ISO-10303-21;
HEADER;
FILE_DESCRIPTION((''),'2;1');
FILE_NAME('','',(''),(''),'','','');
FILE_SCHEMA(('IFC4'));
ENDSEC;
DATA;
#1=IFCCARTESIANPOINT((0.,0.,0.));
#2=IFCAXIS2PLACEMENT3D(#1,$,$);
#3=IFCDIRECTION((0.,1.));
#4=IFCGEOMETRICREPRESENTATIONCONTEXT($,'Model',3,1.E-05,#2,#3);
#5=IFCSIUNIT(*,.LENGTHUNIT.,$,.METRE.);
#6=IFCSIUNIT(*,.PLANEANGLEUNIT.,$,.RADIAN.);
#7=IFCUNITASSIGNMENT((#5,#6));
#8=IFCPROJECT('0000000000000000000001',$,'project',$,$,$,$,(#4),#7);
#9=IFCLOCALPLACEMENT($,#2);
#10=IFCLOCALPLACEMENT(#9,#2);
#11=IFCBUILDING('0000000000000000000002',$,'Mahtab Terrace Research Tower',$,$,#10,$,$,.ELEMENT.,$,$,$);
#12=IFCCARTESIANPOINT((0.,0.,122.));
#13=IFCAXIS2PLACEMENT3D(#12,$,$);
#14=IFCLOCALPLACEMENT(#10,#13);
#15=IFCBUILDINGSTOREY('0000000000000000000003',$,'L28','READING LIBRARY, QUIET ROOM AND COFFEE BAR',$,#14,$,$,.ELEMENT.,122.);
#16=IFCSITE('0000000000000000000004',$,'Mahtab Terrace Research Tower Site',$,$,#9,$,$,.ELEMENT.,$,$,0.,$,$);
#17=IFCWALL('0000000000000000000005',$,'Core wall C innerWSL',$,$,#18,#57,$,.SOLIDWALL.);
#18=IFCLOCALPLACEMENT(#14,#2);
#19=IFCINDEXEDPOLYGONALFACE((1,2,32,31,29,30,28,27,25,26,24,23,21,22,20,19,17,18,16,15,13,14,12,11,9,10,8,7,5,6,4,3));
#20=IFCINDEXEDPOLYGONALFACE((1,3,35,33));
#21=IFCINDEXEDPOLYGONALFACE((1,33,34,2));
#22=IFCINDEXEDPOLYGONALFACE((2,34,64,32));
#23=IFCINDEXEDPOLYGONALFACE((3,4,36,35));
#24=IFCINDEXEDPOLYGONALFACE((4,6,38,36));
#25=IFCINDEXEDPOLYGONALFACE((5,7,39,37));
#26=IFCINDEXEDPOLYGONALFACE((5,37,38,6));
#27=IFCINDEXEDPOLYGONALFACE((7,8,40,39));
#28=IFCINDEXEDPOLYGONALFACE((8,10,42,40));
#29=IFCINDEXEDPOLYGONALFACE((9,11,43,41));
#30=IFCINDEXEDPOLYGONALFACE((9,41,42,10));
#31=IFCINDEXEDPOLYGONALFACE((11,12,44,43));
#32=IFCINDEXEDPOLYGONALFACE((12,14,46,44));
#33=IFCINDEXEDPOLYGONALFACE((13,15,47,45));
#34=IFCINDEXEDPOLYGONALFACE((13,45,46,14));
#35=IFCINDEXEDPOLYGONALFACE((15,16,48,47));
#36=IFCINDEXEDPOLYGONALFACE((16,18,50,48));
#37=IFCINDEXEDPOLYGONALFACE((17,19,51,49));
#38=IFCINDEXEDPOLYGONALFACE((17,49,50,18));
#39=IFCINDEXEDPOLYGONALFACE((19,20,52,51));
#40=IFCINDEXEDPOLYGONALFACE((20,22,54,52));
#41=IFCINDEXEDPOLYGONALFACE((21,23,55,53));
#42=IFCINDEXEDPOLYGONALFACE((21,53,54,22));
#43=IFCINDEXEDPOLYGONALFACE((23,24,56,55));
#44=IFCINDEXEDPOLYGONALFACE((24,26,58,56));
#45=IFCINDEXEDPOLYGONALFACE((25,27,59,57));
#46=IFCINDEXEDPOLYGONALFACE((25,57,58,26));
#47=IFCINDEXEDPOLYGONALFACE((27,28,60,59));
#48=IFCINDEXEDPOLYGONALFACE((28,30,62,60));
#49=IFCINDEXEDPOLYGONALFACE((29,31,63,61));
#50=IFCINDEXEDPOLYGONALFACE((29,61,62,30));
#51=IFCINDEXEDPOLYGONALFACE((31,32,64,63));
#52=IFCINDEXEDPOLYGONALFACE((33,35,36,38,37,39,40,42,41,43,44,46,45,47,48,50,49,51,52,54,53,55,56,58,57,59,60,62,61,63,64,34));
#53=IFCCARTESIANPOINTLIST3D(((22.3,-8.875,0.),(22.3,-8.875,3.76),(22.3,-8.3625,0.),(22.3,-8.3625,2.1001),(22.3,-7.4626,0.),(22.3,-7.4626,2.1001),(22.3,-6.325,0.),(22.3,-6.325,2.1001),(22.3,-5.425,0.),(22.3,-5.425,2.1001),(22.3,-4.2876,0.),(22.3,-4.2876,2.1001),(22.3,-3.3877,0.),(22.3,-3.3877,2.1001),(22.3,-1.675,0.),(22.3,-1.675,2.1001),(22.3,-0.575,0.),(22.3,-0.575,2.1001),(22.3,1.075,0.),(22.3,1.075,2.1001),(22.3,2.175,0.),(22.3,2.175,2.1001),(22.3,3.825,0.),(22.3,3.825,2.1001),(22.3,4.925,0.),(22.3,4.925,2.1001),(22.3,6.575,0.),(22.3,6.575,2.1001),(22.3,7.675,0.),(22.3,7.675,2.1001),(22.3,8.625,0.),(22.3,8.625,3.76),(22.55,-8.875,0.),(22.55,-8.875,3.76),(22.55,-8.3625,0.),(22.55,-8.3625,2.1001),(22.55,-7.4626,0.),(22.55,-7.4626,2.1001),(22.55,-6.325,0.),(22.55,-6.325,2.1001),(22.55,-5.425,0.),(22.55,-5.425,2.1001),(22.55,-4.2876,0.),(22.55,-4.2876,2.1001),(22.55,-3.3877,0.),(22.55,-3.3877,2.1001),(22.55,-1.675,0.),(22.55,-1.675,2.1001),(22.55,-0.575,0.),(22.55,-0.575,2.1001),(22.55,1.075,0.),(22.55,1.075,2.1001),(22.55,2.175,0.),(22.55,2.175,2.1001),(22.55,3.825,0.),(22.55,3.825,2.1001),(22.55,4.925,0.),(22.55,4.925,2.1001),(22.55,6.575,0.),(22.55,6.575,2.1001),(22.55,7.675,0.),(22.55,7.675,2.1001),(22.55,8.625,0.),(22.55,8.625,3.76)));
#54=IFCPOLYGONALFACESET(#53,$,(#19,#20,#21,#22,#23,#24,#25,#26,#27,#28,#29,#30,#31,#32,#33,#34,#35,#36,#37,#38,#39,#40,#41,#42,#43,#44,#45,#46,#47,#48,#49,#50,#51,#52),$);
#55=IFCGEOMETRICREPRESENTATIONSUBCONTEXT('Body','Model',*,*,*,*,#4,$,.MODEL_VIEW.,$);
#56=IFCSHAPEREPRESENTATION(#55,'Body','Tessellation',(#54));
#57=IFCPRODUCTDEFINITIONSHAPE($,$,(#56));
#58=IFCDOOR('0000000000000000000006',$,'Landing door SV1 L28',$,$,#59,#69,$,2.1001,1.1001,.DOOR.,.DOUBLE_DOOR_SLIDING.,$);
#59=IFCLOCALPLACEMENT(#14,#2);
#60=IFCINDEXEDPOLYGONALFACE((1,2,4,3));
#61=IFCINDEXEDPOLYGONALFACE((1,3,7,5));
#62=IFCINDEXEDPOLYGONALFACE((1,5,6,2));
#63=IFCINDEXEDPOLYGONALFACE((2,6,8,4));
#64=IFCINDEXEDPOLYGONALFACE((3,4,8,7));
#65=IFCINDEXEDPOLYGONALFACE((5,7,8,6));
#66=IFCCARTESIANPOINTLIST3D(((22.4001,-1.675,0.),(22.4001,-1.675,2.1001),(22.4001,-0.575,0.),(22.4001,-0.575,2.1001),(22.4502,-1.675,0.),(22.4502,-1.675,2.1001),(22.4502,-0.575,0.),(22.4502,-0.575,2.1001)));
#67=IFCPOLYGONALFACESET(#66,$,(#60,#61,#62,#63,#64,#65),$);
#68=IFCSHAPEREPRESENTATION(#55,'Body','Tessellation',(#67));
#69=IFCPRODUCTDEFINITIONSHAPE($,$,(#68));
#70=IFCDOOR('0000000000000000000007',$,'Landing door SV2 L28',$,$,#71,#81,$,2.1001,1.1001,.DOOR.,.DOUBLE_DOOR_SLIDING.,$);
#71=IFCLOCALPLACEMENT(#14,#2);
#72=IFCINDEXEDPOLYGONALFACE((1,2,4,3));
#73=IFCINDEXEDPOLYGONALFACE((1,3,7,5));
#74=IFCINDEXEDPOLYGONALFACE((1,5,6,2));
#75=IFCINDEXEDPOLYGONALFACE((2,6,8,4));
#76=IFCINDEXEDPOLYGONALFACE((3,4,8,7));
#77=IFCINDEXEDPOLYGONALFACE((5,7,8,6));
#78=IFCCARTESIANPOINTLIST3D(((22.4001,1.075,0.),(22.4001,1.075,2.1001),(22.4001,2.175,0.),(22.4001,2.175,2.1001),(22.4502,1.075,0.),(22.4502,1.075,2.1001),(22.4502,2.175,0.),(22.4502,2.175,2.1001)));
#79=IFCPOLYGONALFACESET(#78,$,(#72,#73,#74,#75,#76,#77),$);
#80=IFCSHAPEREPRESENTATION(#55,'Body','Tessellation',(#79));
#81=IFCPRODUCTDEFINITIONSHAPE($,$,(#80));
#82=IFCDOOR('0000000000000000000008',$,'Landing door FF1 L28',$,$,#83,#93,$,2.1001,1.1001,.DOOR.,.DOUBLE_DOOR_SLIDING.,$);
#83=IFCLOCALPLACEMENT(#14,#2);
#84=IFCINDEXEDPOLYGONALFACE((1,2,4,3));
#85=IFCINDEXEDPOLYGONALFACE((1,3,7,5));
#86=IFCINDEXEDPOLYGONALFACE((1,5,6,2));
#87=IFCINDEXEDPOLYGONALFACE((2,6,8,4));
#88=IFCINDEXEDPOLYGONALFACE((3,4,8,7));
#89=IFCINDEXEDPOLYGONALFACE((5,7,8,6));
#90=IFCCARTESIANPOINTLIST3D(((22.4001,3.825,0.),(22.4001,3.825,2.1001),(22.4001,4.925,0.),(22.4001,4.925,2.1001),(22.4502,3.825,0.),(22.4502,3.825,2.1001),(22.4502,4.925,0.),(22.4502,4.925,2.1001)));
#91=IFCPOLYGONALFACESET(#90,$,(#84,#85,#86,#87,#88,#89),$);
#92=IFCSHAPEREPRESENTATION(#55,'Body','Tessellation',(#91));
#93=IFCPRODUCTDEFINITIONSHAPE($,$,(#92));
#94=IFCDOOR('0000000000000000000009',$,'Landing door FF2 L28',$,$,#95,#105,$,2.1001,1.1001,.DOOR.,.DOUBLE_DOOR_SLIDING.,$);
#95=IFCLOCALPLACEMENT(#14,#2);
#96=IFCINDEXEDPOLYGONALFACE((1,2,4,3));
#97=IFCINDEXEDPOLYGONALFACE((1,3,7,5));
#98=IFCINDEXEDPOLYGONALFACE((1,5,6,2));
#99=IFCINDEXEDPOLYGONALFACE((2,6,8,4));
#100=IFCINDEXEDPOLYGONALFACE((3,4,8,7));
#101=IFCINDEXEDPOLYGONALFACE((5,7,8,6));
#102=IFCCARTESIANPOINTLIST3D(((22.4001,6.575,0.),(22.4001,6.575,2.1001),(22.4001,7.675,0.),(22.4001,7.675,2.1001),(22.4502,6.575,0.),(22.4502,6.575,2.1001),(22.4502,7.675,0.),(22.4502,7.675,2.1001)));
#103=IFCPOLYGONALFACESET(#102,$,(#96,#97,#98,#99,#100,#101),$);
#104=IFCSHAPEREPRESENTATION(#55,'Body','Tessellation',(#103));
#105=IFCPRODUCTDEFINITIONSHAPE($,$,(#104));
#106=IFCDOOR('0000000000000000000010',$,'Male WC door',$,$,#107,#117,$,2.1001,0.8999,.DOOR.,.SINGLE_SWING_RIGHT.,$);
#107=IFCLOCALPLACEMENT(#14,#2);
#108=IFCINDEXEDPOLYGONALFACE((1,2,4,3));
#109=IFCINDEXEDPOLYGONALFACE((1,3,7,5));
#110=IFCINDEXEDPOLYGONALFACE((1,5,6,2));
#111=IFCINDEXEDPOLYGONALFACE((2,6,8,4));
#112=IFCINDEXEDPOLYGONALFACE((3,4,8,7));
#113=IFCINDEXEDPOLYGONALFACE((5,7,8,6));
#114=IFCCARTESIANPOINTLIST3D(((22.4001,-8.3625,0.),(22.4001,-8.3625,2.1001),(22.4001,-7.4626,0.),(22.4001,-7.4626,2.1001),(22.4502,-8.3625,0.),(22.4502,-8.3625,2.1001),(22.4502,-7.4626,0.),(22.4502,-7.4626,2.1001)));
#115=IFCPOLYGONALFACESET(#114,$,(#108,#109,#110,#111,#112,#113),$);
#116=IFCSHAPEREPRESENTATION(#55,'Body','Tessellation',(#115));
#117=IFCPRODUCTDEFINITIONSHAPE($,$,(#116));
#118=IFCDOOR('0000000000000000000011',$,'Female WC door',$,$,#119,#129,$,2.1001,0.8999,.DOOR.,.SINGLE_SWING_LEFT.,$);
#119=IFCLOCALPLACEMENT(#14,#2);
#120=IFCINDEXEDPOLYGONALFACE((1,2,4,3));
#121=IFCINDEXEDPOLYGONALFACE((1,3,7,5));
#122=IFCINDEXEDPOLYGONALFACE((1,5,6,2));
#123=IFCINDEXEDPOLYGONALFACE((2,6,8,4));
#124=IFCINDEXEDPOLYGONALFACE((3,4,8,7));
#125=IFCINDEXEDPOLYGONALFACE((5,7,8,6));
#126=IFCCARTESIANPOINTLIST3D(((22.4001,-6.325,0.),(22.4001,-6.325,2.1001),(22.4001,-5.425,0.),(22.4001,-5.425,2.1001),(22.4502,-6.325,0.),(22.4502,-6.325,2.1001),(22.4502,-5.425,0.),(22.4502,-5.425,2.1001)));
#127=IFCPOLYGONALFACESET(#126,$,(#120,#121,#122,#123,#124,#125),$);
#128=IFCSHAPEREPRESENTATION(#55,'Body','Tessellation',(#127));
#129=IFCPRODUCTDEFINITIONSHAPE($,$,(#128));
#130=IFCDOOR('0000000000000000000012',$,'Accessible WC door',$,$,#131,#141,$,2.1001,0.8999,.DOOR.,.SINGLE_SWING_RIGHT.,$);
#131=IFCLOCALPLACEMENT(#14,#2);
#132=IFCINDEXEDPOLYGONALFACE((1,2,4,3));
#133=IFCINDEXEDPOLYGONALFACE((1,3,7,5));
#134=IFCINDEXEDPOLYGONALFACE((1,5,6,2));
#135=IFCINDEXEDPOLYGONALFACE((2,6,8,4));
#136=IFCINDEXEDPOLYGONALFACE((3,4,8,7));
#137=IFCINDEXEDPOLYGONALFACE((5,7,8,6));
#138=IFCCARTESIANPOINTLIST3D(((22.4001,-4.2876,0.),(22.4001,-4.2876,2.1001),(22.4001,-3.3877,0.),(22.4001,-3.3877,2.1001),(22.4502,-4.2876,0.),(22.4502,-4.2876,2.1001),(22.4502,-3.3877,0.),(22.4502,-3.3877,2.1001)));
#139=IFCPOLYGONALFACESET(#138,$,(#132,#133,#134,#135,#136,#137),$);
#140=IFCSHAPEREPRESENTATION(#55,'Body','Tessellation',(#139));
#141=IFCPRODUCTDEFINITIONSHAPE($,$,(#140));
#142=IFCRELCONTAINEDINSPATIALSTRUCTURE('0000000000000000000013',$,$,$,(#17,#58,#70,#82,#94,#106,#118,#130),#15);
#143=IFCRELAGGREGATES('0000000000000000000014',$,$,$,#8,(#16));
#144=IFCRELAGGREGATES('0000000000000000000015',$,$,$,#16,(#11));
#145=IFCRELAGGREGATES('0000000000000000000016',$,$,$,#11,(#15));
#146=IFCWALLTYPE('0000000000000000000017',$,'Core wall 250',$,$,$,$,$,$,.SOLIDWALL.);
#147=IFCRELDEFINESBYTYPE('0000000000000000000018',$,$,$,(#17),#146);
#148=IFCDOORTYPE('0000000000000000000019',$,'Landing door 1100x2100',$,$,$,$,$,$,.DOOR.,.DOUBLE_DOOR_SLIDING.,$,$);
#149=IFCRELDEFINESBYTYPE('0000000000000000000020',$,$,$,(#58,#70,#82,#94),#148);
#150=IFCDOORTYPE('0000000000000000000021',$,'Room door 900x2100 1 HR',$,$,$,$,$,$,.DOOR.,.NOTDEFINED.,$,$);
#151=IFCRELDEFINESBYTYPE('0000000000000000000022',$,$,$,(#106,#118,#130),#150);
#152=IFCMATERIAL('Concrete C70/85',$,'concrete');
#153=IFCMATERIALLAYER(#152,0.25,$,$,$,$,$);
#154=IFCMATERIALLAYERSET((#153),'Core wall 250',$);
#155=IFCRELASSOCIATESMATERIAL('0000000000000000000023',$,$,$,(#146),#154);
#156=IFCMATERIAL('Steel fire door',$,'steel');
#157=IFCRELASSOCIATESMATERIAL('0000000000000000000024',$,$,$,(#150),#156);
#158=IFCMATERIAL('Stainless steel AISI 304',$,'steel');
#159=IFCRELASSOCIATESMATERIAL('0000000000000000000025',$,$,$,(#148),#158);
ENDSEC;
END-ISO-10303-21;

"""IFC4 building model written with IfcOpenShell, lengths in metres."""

from ifc_helpers import new_model, si_unit, direction, frame, frame_2d, origin, place, context, subcontext, project, spatial, rectangle, extrude, material, layer, layer_set, type_object, element, fill, save


model = new_model("IFC4")

# Units and contexts
model_context = context("Model", 3, precision=1e-05, world=origin(), true_north=direction((0.0, 1.0)))
body_context = subcontext(model_context, "Body", "Model", "MODEL_VIEW")
ifc_project = project(units=[si_unit("LENGTHUNIT", "METRE"), si_unit("PLANEANGLEUNIT", "RADIAN")], contexts=[model_context])

# Site, building, storey
site_placement = place(None, origin())
site = spatial("IfcSite", under=ifc_project, at=site_placement, Name="Mahtab Terrace Research Tower Site", CompositionType="ELEMENT", RefElevation=0.0)
building_placement = place(site_placement, origin())
building = spatial("IfcBuilding", under=site, at=building_placement, Name="Mahtab Terrace Research Tower", CompositionType="ELEMENT")
storey_placement = place(building_placement, frame((0.0, 0.0, 122.0)))
storey = spatial("IfcBuildingStorey", under=building, at=storey_placement, Name="L28", Description="READING LIBRARY, QUIET ROOM AND COFFEE BAR", CompositionType="ELEMENT", Elevation=122.0)

# Shared definitions
ifc_material_1 = material(Name="Concrete C70/85", Category="concrete")
ifc_layer_1 = layer(ifc_material_1, 0.25)
ifc_layer_set_1 = layer_set([ifc_layer_1], Name="Core wall 250")
wall_type_1 = type_object("IfcWallType", Name="Core wall 250", PredefinedType="SOLIDWALL", material=ifc_layer_set_1)
ifc_material_2 = material(Name="Steel fire door", Category="steel")
door_type_1 = type_object("IfcDoorType", Name="Room door 900x2100 1 HR", OperationType="NOTDEFINED", PredefinedType="DOOR", material=ifc_material_2)

# Wall, openings, doors
wall_1_placement = place(storey_placement, frame((22.425, -8.875, 0.0), z_axis=(0.0, 0.0, 1.0), x_axis=(0.0, 1.0, 0.0)))
wall_1 = element("IfcWall", 1, at=wall_1_placement, inside=storey, type_object=wall_type_1, Name="Core wall C innerWSL", PredefinedType="SOLIDWALL", context=body_context, shape_type="SweptSolid", body=[
    extrude(rectangle(XDim=17.5, YDim=0.25, at=frame_2d((8.75, 0.0))), origin(), (0.0, 0.0, 1.0), 3.76),
])
opening_1_placement = place(wall_1_placement, frame((7.2, 0.0, 0.0)))
opening_1 = element("IfcOpeningElement", 2, at=opening_1_placement, cuts=wall_1, PredefinedType="OPENING", context=body_context, shape_type="SweptSolid", body=[
    extrude(rectangle(XDim=1.1001, YDim=2.1001, at=frame_2d((0.55, 1.05))), frame((0.0, 0.135, 0.0), z_axis=(0.0, -1.0, 0.0), x_axis=(1.0, 0.0, 0.0)), (0.0, 0.0, 1.0), 0.27),
])
opening_2_placement = place(wall_1_placement, frame((9.95, 0.0, 0.0)))
opening_2 = element("IfcOpeningElement", 3, at=opening_2_placement, cuts=wall_1, PredefinedType="OPENING", context=body_context, shape_type="SweptSolid", body=[
    extrude(rectangle(XDim=1.1001, YDim=2.1001, at=frame_2d((0.55, 1.05))), frame((0.0, 0.135, 0.0), z_axis=(0.0, -1.0, 0.0), x_axis=(1.0, 0.0, 0.0)), (0.0, 0.0, 1.0), 0.27),
])
opening_3_placement = place(wall_1_placement, frame((12.7, 0.0, 0.0)))
opening_3 = element("IfcOpeningElement", 4, at=opening_3_placement, cuts=wall_1, PredefinedType="OPENING", context=body_context, shape_type="SweptSolid", body=[
    extrude(rectangle(XDim=1.1001, YDim=2.1001, at=frame_2d((0.55, 1.05))), frame((0.0, 0.135, 0.0), z_axis=(0.0, -1.0, 0.0), x_axis=(1.0, 0.0, 0.0)), (0.0, 0.0, 1.0), 0.27),
])
opening_4_placement = place(wall_1_placement, frame((15.45, 0.0, 0.0)))
opening_4 = element("IfcOpeningElement", 5, at=opening_4_placement, cuts=wall_1, PredefinedType="OPENING", context=body_context, shape_type="SweptSolid", body=[
    extrude(rectangle(XDim=1.1001, YDim=2.1001, at=frame_2d((0.55, 1.05))), frame((0.0, 0.135, 0.0), z_axis=(0.0, -1.0, 0.0), x_axis=(1.0, 0.0, 0.0)), (0.0, 0.0, 1.0), 0.27),
])
opening_5_placement = place(wall_1_placement, frame((0.5125, 0.0, 0.0)))
opening_5 = element("IfcOpeningElement", 6, at=opening_5_placement, cuts=wall_1, PredefinedType="OPENING", context=body_context, shape_type="SweptSolid", body=[
    extrude(rectangle(XDim=0.8999, YDim=2.1001, at=frame_2d((0.45, 1.05))), frame((0.0, 0.135, 0.0), z_axis=(0.0, -1.0, 0.0), x_axis=(1.0, 0.0, 0.0)), (0.0, 0.0, 1.0), 0.27),
])
opening_6_placement = place(wall_1_placement, frame((2.55, 0.0, 0.0)))
opening_6 = element("IfcOpeningElement", 7, at=opening_6_placement, cuts=wall_1, PredefinedType="OPENING", context=body_context, shape_type="SweptSolid", body=[
    extrude(rectangle(XDim=0.8999, YDim=2.1001, at=frame_2d((0.45, 1.05))), frame((0.0, 0.135, 0.0), z_axis=(0.0, -1.0, 0.0), x_axis=(1.0, 0.0, 0.0)), (0.0, 0.0, 1.0), 0.27),
])
opening_7_placement = place(wall_1_placement, frame((4.5874, 0.0, 0.0)))
opening_7 = element("IfcOpeningElement", 8, at=opening_7_placement, cuts=wall_1, PredefinedType="OPENING", context=body_context, shape_type="SweptSolid", body=[
    extrude(rectangle(XDim=0.8999, YDim=2.1001, at=frame_2d((0.45, 1.05))), frame((0.0, 0.135, 0.0), z_axis=(0.0, -1.0, 0.0), x_axis=(1.0, 0.0, 0.0)), (0.0, 0.0, 1.0), 0.27),
])
ifc_material_3 = material(Name="Stainless steel AISI 304", Category="steel")
door_type_2 = type_object("IfcDoorType", Name="Landing door 1100x2100", OperationType="DOUBLE_DOOR_SLIDING", PredefinedType="DOOR", material=ifc_material_3)
door_1_placement = place(opening_1_placement, origin())
door_1 = element("IfcDoor", 9, at=door_1_placement, inside=storey, type_object=door_type_2, Name="Landing door SV1 L28", OperationType="DOUBLE_DOOR_SLIDING", OverallHeight=2.1001, OverallWidth=1.1001, PredefinedType="DOOR", context=body_context, shape_type="SweptSolid", body=[
    extrude(rectangle(XDim=1.1001, YDim=2.1001, at=frame_2d((0.55, 1.05))), frame((0.0, 0.0249, 0.0), z_axis=(0.0, -1.0, 0.0), x_axis=(1.0, 0.0, 0.0)), (0.0, 0.0, 1.0), 0.05),
])
fill(opening_1, door_1)
door_2_placement = place(opening_2_placement, origin())
door_2 = element("IfcDoor", 10, at=door_2_placement, inside=storey, type_object=door_type_2, Name="Landing door SV2 L28", OperationType="DOUBLE_DOOR_SLIDING", OverallHeight=2.1001, OverallWidth=1.1001, PredefinedType="DOOR", context=body_context, shape_type="SweptSolid", body=[
    extrude(rectangle(XDim=1.1001, YDim=2.1001, at=frame_2d((0.55, 1.05))), frame((0.0, 0.0249, 0.0), z_axis=(0.0, -1.0, 0.0), x_axis=(1.0, 0.0, 0.0)), (0.0, 0.0, 1.0), 0.05),
])
fill(opening_2, door_2)
door_3_placement = place(opening_3_placement, origin())
door_3 = element("IfcDoor", 11, at=door_3_placement, inside=storey, type_object=door_type_2, Name="Landing door FF1 L28", OperationType="DOUBLE_DOOR_SLIDING", OverallHeight=2.1001, OverallWidth=1.1001, PredefinedType="DOOR", context=body_context, shape_type="SweptSolid", body=[
    extrude(rectangle(XDim=1.1001, YDim=2.1001, at=frame_2d((0.55, 1.05))), frame((0.0, 0.0249, 0.0), z_axis=(0.0, -1.0, 0.0), x_axis=(1.0, 0.0, 0.0)), (0.0, 0.0, 1.0), 0.05),
])
fill(opening_3, door_3)
door_4_placement = place(opening_4_placement, origin())
door_4 = element("IfcDoor", 12, at=door_4_placement, inside=storey, type_object=door_type_2, Name="Landing door FF2 L28", OperationType="DOUBLE_DOOR_SLIDING", OverallHeight=2.1001, OverallWidth=1.1001, PredefinedType="DOOR", context=body_context, shape_type="SweptSolid", body=[
    extrude(rectangle(XDim=1.1001, YDim=2.1001, at=frame_2d((0.55, 1.05))), frame((0.0, 0.0249, 0.0), z_axis=(0.0, -1.0, 0.0), x_axis=(1.0, 0.0, 0.0)), (0.0, 0.0, 1.0), 0.05),
])
fill(opening_4, door_4)
door_5_placement = place(opening_5_placement, origin())
door_5 = element("IfcDoor", 13, at=door_5_placement, inside=storey, type_object=door_type_1, Name="Male WC door", OperationType="SINGLE_SWING_RIGHT", OverallHeight=2.1001, OverallWidth=0.8999, PredefinedType="DOOR", context=body_context, shape_type="SweptSolid", body=[
    extrude(rectangle(XDim=0.8999, YDim=2.1001, at=frame_2d((0.45, 1.05))), frame((0.0, 0.0249, 0.0), z_axis=(0.0, -1.0, 0.0), x_axis=(1.0, 0.0, 0.0)), (0.0, 0.0, 1.0), 0.05),
])
fill(opening_5, door_5)
door_6_placement = place(opening_6_placement, origin())
door_6 = element("IfcDoor", 14, at=door_6_placement, inside=storey, type_object=door_type_1, Name="Female WC door", OperationType="SINGLE_SWING_LEFT", OverallHeight=2.1001, OverallWidth=0.8999, PredefinedType="DOOR", context=body_context, shape_type="SweptSolid", body=[
    extrude(rectangle(XDim=0.8999, YDim=2.1001, at=frame_2d((0.45, 1.05))), frame((0.0, 0.0249, 0.0), z_axis=(0.0, -1.0, 0.0), x_axis=(1.0, 0.0, 0.0)), (0.0, 0.0, 1.0), 0.05),
])
fill(opening_6, door_6)
door_7_placement = place(opening_7_placement, origin())
door_7 = element("IfcDoor", 15, at=door_7_placement, inside=storey, type_object=door_type_1, Name="Accessible WC door", OperationType="SINGLE_SWING_RIGHT", OverallHeight=2.1001, OverallWidth=0.8999, PredefinedType="DOOR", context=body_context, shape_type="SweptSolid", body=[
    extrude(rectangle(XDim=0.8999, YDim=2.1001, at=frame_2d((0.45, 1.05))), frame((0.0, 0.0249, 0.0), z_axis=(0.0, -1.0, 0.0), x_axis=(1.0, 0.0, 0.0)), (0.0, 0.0, 1.0), 0.05),
])
fill(opening_7, door_7)

save(model, "model.ifc")
